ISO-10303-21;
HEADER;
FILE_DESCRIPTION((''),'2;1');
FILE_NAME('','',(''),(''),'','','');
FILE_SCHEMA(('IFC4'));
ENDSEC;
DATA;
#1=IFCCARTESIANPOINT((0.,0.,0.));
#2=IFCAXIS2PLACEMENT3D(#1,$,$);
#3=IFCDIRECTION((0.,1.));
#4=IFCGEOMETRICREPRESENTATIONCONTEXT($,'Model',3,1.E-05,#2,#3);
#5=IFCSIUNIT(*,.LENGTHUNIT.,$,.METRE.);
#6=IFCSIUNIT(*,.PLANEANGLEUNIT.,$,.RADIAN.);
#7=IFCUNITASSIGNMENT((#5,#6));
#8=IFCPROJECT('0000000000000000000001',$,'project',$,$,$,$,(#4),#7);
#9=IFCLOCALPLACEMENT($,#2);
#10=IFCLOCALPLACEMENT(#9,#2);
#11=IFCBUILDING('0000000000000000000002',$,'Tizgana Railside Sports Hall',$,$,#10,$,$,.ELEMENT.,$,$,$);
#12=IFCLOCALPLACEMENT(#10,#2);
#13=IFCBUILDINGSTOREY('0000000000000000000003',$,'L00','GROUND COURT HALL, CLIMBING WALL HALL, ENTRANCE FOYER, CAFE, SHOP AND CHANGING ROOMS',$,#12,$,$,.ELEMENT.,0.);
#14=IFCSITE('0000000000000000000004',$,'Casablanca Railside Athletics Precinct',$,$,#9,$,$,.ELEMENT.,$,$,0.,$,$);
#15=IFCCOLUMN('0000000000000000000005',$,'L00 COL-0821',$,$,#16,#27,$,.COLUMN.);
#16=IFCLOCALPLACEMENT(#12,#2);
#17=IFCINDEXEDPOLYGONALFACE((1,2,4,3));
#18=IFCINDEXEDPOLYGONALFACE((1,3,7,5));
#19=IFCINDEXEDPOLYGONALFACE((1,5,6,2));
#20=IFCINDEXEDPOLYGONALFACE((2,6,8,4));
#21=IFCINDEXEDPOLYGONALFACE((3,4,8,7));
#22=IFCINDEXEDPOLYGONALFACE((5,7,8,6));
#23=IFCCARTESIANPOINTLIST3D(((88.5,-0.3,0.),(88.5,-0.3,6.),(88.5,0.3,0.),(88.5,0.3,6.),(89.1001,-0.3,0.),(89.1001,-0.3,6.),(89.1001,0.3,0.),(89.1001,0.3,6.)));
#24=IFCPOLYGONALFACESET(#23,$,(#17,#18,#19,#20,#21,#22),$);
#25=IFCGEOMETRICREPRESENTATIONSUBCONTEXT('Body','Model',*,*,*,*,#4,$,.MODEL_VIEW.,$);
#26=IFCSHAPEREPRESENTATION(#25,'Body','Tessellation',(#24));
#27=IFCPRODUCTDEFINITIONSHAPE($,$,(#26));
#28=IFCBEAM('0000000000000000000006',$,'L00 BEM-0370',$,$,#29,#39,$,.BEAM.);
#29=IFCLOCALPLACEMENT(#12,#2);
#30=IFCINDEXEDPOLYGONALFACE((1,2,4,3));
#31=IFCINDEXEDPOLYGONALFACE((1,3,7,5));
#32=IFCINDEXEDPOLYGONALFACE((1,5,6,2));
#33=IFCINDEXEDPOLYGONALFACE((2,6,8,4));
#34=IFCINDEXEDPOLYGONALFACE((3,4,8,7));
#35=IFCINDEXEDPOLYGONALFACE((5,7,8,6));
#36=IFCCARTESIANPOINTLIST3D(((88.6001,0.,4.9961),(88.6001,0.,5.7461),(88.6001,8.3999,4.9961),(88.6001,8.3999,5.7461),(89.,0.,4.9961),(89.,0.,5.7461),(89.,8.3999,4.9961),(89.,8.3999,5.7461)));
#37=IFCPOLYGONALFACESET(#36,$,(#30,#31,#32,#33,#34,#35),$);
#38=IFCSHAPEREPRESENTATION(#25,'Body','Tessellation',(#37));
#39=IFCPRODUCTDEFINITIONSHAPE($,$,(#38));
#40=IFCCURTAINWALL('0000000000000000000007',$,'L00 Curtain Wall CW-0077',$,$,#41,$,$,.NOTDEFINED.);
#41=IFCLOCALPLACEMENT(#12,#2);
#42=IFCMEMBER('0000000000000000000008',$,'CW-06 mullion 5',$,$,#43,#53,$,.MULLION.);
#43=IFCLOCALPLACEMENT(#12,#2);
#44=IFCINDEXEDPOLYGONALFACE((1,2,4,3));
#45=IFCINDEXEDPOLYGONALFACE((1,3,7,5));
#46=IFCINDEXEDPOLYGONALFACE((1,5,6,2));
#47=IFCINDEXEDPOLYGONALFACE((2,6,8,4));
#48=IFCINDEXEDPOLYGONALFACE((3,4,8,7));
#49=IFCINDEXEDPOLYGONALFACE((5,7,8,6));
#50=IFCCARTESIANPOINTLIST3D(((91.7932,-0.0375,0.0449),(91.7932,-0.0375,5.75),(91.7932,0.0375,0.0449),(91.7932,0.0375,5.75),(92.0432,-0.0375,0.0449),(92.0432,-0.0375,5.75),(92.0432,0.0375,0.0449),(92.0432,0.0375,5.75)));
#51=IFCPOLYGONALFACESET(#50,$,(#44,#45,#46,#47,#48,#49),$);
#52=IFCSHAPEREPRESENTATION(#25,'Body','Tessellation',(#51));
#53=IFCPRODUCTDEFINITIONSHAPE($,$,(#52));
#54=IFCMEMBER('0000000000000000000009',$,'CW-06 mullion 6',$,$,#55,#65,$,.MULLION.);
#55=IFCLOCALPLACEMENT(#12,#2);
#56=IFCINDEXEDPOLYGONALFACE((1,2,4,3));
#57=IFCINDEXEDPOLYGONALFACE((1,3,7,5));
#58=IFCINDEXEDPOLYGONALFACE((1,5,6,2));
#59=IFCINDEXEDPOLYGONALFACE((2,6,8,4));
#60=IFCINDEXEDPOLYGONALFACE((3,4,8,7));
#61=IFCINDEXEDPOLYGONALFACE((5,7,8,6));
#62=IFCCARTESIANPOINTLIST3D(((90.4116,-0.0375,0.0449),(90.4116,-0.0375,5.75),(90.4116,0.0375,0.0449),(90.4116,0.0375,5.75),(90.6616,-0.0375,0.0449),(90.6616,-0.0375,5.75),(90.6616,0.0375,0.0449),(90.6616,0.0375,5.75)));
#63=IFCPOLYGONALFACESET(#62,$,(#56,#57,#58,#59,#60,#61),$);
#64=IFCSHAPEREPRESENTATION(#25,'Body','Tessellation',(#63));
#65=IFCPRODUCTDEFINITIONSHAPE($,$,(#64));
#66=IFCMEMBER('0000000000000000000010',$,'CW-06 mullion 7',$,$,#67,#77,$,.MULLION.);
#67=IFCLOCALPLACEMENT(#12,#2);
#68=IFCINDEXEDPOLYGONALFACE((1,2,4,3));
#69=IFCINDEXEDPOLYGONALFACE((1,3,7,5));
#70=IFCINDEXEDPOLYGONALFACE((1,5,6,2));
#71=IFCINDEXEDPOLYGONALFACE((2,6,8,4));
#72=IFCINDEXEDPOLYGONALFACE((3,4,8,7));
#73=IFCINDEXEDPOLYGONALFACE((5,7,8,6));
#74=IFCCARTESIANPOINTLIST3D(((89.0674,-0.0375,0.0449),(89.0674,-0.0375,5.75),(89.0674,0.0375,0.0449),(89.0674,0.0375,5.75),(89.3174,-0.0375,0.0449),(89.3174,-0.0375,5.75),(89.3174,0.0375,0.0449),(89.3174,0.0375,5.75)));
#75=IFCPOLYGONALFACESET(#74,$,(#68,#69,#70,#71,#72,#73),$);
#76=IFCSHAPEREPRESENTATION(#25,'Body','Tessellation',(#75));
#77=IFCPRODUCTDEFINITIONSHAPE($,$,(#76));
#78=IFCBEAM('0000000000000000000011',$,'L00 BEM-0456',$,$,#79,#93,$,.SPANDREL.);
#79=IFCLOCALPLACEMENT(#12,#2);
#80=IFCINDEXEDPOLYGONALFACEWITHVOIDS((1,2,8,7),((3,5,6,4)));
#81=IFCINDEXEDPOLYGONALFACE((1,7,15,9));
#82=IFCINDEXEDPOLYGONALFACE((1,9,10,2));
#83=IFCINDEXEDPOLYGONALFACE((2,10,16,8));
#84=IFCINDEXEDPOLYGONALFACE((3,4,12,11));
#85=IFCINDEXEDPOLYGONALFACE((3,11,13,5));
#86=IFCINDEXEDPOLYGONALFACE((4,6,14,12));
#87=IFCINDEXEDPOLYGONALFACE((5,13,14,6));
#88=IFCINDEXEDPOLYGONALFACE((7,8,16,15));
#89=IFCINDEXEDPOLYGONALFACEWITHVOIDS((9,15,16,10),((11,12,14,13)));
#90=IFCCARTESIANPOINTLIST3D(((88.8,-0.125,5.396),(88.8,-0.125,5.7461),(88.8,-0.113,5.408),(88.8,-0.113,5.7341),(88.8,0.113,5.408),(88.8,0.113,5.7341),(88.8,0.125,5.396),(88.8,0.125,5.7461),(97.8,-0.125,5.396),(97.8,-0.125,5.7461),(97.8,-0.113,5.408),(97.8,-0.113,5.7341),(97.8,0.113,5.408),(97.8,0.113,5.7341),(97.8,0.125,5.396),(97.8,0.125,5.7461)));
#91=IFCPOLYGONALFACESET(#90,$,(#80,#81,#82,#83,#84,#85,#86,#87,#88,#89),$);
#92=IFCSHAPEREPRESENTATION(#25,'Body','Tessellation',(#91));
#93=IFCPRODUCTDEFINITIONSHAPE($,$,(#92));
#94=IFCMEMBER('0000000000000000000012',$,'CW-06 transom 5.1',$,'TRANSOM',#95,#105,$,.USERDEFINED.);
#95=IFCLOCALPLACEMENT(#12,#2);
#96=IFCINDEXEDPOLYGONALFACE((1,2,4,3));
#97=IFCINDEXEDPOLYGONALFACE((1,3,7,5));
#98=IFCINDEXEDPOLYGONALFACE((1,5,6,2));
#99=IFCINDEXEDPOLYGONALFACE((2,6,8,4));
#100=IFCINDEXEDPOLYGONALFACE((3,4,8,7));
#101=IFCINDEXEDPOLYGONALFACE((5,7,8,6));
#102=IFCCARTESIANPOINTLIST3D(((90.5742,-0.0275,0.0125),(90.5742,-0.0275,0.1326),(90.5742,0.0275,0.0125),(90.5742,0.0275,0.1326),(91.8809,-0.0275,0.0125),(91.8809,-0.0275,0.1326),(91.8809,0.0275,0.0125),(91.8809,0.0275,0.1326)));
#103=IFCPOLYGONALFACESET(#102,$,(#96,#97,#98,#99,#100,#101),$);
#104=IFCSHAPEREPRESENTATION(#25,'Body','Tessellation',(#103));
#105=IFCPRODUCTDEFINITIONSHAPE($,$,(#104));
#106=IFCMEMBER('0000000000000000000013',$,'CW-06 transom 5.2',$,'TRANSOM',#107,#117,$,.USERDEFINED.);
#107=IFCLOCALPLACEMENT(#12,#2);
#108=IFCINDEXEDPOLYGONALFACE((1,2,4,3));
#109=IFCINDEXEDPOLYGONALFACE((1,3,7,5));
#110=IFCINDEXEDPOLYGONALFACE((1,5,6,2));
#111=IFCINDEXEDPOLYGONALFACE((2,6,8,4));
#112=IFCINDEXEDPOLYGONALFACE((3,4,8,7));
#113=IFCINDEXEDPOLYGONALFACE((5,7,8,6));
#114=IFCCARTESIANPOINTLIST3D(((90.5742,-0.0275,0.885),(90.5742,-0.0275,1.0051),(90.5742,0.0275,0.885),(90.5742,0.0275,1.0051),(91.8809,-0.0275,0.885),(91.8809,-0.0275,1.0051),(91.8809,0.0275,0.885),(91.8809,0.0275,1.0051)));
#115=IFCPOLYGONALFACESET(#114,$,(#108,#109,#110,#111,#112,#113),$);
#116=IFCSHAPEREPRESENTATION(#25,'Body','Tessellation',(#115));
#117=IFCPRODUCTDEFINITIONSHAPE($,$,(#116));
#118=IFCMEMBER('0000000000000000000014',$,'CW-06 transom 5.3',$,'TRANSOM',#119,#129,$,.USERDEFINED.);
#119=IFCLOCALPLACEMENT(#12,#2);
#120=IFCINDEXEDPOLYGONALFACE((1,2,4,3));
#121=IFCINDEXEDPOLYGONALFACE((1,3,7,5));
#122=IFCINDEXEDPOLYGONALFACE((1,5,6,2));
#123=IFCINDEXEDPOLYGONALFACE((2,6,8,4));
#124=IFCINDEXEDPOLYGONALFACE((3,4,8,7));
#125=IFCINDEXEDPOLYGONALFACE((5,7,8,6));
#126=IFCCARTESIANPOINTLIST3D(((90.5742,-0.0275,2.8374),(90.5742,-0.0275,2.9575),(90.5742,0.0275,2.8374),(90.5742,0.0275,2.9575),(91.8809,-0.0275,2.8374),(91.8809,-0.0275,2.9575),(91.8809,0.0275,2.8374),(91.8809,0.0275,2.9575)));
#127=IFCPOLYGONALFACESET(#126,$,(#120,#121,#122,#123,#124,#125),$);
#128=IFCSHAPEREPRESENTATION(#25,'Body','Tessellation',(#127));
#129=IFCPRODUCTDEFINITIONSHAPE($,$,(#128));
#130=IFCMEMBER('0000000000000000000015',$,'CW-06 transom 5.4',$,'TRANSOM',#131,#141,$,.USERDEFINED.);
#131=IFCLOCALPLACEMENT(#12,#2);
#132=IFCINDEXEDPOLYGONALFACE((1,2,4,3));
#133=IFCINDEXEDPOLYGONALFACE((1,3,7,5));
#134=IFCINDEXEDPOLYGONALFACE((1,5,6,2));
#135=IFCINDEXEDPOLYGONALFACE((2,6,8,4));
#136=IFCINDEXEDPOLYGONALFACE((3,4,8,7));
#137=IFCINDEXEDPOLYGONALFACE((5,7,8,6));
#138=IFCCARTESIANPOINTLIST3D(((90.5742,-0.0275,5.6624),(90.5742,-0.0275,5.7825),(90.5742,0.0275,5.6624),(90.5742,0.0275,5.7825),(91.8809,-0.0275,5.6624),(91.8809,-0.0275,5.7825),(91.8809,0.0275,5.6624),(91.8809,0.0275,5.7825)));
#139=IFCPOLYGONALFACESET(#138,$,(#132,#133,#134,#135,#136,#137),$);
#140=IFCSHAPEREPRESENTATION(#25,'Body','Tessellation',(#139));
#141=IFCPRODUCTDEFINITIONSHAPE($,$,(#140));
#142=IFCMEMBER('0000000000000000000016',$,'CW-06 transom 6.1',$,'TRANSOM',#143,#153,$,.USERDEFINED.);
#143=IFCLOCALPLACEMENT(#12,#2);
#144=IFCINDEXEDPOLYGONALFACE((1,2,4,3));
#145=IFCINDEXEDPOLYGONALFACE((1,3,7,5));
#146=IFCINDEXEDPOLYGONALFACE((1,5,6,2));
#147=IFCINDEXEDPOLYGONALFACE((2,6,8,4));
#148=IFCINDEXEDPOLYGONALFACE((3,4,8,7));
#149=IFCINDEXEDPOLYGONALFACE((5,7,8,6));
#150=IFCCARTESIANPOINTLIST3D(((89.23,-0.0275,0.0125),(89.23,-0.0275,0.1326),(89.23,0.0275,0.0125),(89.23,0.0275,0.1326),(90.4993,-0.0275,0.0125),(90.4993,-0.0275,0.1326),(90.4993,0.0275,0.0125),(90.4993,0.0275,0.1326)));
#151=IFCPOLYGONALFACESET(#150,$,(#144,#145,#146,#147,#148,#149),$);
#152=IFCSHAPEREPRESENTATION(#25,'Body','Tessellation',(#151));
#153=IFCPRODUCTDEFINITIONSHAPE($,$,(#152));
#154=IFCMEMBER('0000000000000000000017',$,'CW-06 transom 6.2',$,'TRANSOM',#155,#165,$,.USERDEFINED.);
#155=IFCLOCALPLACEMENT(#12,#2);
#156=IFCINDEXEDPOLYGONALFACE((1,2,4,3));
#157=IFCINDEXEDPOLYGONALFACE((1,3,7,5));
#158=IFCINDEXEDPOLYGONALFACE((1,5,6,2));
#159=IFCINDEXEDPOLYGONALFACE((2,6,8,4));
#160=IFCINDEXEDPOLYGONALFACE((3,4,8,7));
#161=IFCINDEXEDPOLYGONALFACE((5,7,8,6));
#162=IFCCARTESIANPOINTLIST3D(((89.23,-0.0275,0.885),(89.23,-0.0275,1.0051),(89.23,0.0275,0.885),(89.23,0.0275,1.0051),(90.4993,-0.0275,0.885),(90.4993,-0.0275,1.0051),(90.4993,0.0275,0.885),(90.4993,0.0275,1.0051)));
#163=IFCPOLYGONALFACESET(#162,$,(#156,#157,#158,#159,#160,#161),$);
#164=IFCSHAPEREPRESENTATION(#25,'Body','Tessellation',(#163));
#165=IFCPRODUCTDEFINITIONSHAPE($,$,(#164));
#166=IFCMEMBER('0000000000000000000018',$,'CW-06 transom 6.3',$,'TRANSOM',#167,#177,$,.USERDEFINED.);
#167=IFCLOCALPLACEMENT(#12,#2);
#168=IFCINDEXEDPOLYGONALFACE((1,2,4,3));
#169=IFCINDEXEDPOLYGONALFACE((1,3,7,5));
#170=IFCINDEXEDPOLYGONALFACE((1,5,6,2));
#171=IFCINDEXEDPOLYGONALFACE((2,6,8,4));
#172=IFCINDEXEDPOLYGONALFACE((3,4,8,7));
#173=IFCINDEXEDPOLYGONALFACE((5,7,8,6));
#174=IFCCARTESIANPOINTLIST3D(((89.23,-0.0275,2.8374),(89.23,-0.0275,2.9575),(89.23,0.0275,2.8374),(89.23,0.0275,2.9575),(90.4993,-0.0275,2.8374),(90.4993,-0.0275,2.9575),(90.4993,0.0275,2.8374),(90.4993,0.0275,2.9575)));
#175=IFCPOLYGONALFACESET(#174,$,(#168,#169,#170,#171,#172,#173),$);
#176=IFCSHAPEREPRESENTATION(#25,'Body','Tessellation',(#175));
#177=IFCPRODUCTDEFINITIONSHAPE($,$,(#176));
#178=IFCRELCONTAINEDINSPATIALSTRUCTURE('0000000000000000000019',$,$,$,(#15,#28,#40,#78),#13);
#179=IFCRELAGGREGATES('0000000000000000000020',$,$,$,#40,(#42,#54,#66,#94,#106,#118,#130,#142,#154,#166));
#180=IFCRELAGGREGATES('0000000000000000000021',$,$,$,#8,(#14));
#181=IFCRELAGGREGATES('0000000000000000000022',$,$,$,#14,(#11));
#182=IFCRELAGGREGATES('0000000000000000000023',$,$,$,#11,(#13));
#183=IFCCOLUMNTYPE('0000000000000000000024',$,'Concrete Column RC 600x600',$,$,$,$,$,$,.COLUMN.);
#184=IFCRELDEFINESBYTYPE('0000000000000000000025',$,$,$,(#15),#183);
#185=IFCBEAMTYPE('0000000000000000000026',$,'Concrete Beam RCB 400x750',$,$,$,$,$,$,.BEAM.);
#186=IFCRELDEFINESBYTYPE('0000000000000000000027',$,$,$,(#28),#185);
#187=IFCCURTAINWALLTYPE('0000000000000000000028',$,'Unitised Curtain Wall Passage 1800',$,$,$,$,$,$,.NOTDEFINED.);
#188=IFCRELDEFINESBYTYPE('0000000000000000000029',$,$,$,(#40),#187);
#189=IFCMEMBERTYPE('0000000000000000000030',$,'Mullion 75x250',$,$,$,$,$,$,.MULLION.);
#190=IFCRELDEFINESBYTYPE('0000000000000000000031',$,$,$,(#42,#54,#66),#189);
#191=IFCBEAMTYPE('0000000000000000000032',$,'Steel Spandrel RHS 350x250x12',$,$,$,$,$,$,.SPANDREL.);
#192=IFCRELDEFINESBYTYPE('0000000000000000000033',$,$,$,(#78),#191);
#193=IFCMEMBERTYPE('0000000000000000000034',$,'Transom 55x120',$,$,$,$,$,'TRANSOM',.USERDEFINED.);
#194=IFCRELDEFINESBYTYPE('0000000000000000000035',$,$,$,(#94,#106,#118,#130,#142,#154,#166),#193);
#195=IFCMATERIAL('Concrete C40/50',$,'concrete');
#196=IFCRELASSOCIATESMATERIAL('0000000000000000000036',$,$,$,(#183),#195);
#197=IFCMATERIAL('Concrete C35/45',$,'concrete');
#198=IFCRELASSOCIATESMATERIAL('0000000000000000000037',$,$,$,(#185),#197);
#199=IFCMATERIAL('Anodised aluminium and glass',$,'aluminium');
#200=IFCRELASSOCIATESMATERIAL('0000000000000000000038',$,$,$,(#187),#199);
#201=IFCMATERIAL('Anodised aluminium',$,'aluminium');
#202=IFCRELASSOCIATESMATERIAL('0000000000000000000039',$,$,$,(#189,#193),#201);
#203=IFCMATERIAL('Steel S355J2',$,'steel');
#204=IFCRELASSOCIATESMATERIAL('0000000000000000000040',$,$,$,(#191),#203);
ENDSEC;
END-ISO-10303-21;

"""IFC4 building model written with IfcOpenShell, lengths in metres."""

from ifc_helpers import new_model, si_unit, direction, frame, origin, origin_2d, place, context, subcontext, project, spatial, rectangle, hollow_rectangle, extrude, material, material_profile, profile_set, type_object, element, aggregate, save


model = new_model("IFC4")

# Units and contexts
model_context = context("Model", 3, precision=1e-05, world=origin(), true_north=direction((0.0, 1.0)))
body_context = subcontext(model_context, "Body", "Model", "MODEL_VIEW")
ifc_project = project(units=[si_unit("LENGTHUNIT", "METRE"), si_unit("PLANEANGLEUNIT", "RADIAN")], contexts=[model_context])

# Site, building, storey
site_placement = place(None, origin())
site = spatial("IfcSite", under=ifc_project, at=site_placement, Name="Casablanca Railside Athletics Precinct", CompositionType="ELEMENT", RefElevation=0.0)
building_placement = place(site_placement, origin())
building = spatial("IfcBuilding", under=site, at=building_placement, Name="Tizgana Railside Sports Hall", CompositionType="ELEMENT")
storey_placement = place(building_placement, origin())
storey = spatial("IfcBuildingStorey", under=building, at=storey_placement, Name="L00", Description="GROUND COURT HALL, CLIMBING WALL HALL, ENTRANCE FOYER, CAFE, SHOP AND CHANGING ROOMS", CompositionType="ELEMENT", Elevation=0.0)

# Column
ifc_material_1 = material(Name="Concrete C40/50", Category="concrete")
ifc_material_profile_1 = material_profile(ifc_material_1, rectangle(XDim=0.6001, YDim=0.6001, at=origin_2d()), Name="RC 600x600")
ifc_profile_set_1 = profile_set([ifc_material_profile_1], Name="Concrete C40/50")
column_type = type_object("IfcColumnType", Name="Concrete Column RC 600x600", PredefinedType="COLUMN", material=ifc_profile_set_1)
column_placement = place(storey_placement, frame((88.8, 0.0, 0.0), z_axis=(0.0, 0.0, 1.0), x_axis=(1.0, 0.0, 0.0)))
element("IfcColumn", 1, at=column_placement, inside=storey, type_object=column_type, Name="L00 COL-0821", PredefinedType="COLUMN", context=body_context, shape_type="SweptSolid", body=[
    extrude(rectangle(XDim=0.6001, YDim=0.6001, at=origin_2d()), origin(), (0.0, 0.0, 1.0), 6.0),
])

# Beam
ifc_material_2 = material(Name="Concrete C35/45", Category="concrete")
ifc_material_profile_2 = material_profile(ifc_material_2, rectangle(XDim=0.3999, YDim=0.75, at=origin_2d()), Name="RCB 400x750")
ifc_profile_set_2 = profile_set([ifc_material_profile_2], Name="Concrete C35/45")
beam_type_1 = type_object("IfcBeamType", Name="Concrete Beam RCB 400x750", PredefinedType="BEAM", material=ifc_profile_set_2)
beam_1_placement = place(storey_placement, frame((88.8, 0.0, 5.3711), z_axis=(0.0, 1.0, 0.0), x_axis=(-1.0, 0.0, 0.0)))
element("IfcBeam", 2, at=beam_1_placement, inside=storey, type_object=beam_type_1, Name="L00 BEM-0370", PredefinedType="BEAM", context=body_context, shape_type="SweptSolid", body=[
    extrude(rectangle(XDim=0.3999, YDim=0.75, at=origin_2d()), origin(), (0.0, 0.0, 1.0), 8.3999),
])

# Curtain wall, members
ifc_material_3 = material(Name="Anodised aluminium and glass", Category="aluminium")
curtain_wall_type = type_object("IfcCurtainWallType", Name="Unitised Curtain Wall Passage 1800", PredefinedType="NOTDEFINED", material=ifc_material_3)
curtain_wall_placement = place(storey_placement, origin())
curtain_wall = element("IfcCurtainWall", 3, at=curtain_wall_placement, inside=storey, type_object=curtain_wall_type, Name="L00 Curtain Wall CW-0077", PredefinedType="NOTDEFINED")
ifc_material_4 = material(Name="Anodised aluminium", Category="aluminium")
ifc_material_profile_3 = material_profile(ifc_material_4, rectangle(XDim=0.075, YDim=0.25, at=origin_2d()), Name="Mullion 75x250")
ifc_profile_set_3 = profile_set([ifc_material_profile_3], Name="Anodised aluminium")
member_type_1 = type_object("IfcMemberType", Name="Mullion 75x250", PredefinedType="MULLION", material=ifc_profile_set_3)
member_1_placement = place(storey_placement, frame((91.9182, 0.0, 0.0449), z_axis=(0.0, 0.0, 1.0), x_axis=(0.0, -1.0, 0.0)))
member_1 = element("IfcMember", 4, at=member_1_placement, type_object=member_type_1, Name="CW-06 mullion 5", PredefinedType="MULLION", context=body_context, shape_type="SweptSolid", body=[
    extrude(rectangle(XDim=0.075, YDim=0.25, at=origin_2d()), origin(), (0.0, 0.0, 1.0), 5.7051),
])
member_2_placement = place(storey_placement, frame((90.5366, 0.0, 0.0449), z_axis=(0.0, 0.0, 1.0), x_axis=(0.0, -1.0, 0.0)))
member_2 = element("IfcMember", 5, at=member_2_placement, type_object=member_type_1, Name="CW-06 mullion 6", PredefinedType="MULLION", context=body_context, shape_type="SweptSolid", body=[
    extrude(rectangle(XDim=0.075, YDim=0.25, at=origin_2d()), origin(), (0.0, 0.0, 1.0), 5.7051),
])
member_3_placement = place(storey_placement, frame((89.1924, 0.0, 0.0449), z_axis=(0.0, 0.0, 1.0), x_axis=(0.0, -1.0, 0.0)))
member_3 = element("IfcMember", 6, at=member_3_placement, type_object=member_type_1, Name="CW-06 mullion 7", PredefinedType="MULLION", context=body_context, shape_type="SweptSolid", body=[
    extrude(rectangle(XDim=0.075, YDim=0.25, at=origin_2d()), origin(), (0.0, 0.0, 1.0), 5.7051),
])

# Beam
ifc_material_5 = material(Name="Steel S355J2", Category="steel")
ifc_material_profile_4 = material_profile(ifc_material_5, hollow_rectangle(XDim=0.25, YDim=0.3501, WallThickness=0.012, at=origin_2d()), Name="RHS 350x250x12")
ifc_profile_set_4 = profile_set([ifc_material_profile_4], Name="Steel S355J2")
beam_type_2 = type_object("IfcBeamType", Name="Steel Spandrel RHS 350x250x12", PredefinedType="SPANDREL", material=ifc_profile_set_4)
beam_2_placement = place(storey_placement, frame((88.8, 0.0, 5.571), z_axis=(1.0, 0.0, 0.0), x_axis=(0.0, 1.0, 0.0)))
element("IfcBeam", 7, at=beam_2_placement, inside=storey, type_object=beam_type_2, Name="L00 BEM-0456", PredefinedType="SPANDREL", context=body_context, shape_type="SweptSolid", body=[
    extrude(hollow_rectangle(XDim=0.25, YDim=0.3501, WallThickness=0.012, at=origin_2d()), origin(), (0.0, 0.0, 1.0), 9.0),
])

# Members
ifc_material_profile_5 = material_profile(ifc_material_4, rectangle(XDim=0.0549, YDim=0.1201, at=origin_2d()), Name="Transom 55x120")
ifc_profile_set_5 = profile_set([ifc_material_profile_5], Name="Anodised aluminium")
member_type_2 = type_object("IfcMemberType", Name="Transom 55x120", ElementType="TRANSOM", PredefinedType="USERDEFINED", material=ifc_profile_set_5)
member_4_placement = place(storey_placement, frame((91.8809, 0.0, 0.0725), z_axis=(-1.0, 0.0, 0.0), x_axis=(0.0, -1.0, 0.0)))
member_4 = element("IfcMember", 8, at=member_4_placement, type_object=member_type_2, Name="CW-06 transom 5.1", ObjectType="TRANSOM", PredefinedType="USERDEFINED", context=body_context, shape_type="SweptSolid", body=[
    extrude(rectangle(XDim=0.0549, YDim=0.1201, at=origin_2d()), origin(), (0.0, 0.0, 1.0), 1.3066),
])
member_5_placement = place(storey_placement, frame((91.8809, 0.0, 0.9451), z_axis=(-1.0, 0.0, 0.0), x_axis=(0.0, -1.0, 0.0)))
member_5 = element("IfcMember", 9, at=member_5_placement, type_object=member_type_2, Name="CW-06 transom 5.2", ObjectType="TRANSOM", PredefinedType="USERDEFINED", context=body_context, shape_type="SweptSolid", body=[
    extrude(rectangle(XDim=0.0549, YDim=0.1201, at=origin_2d()), origin(), (0.0, 0.0, 1.0), 1.3066),
])
member_6_placement = place(storey_placement, frame((91.8809, 0.0, 2.8975), z_axis=(-1.0, 0.0, 0.0), x_axis=(0.0, -1.0, 0.0)))
member_6 = element("IfcMember", 10, at=member_6_placement, type_object=member_type_2, Name="CW-06 transom 5.3", ObjectType="TRANSOM", PredefinedType="USERDEFINED", context=body_context, shape_type="SweptSolid", body=[
    extrude(rectangle(XDim=0.0549, YDim=0.1201, at=origin_2d()), origin(), (0.0, 0.0, 1.0), 1.3066),
])
member_7_placement = place(storey_placement, frame((91.8809, 0.0, 5.7224), z_axis=(-1.0, 0.0, 0.0), x_axis=(0.0, -1.0, 0.0)))
member_7 = element("IfcMember", 11, at=member_7_placement, type_object=member_type_2, Name="CW-06 transom 5.4", ObjectType="TRANSOM", PredefinedType="USERDEFINED", context=body_context, shape_type="SweptSolid", body=[
    extrude(rectangle(XDim=0.0549, YDim=0.1201, at=origin_2d()), origin(), (0.0, 0.0, 1.0), 1.3066),
])
member_8_placement = place(storey_placement, frame((90.4993, 0.0, 0.0725), z_axis=(-1.0, 0.0, 0.0), x_axis=(0.0, -1.0, 0.0)))
member_8 = element("IfcMember", 12, at=member_8_placement, type_object=member_type_2, Name="CW-06 transom 6.1", ObjectType="TRANSOM", PredefinedType="USERDEFINED", context=body_context, shape_type="SweptSolid", body=[
    extrude(rectangle(XDim=0.0549, YDim=0.1201, at=origin_2d()), origin(), (0.0, 0.0, 1.0), 1.2693),
])
member_9_placement = place(storey_placement, frame((90.4993, 0.0, 0.9451), z_axis=(-1.0, 0.0, 0.0), x_axis=(0.0, -1.0, 0.0)))
member_9 = element("IfcMember", 13, at=member_9_placement, type_object=member_type_2, Name="CW-06 transom 6.2", ObjectType="TRANSOM", PredefinedType="USERDEFINED", context=body_context, shape_type="SweptSolid", body=[
    extrude(rectangle(XDim=0.0549, YDim=0.1201, at=origin_2d()), origin(), (0.0, 0.0, 1.0), 1.2693),
])
member_10_placement = place(storey_placement, frame((90.4993, 0.0, 2.8975), z_axis=(-1.0, 0.0, 0.0), x_axis=(0.0, -1.0, 0.0)))
member_10 = element("IfcMember", 14, at=member_10_placement, type_object=member_type_2, Name="CW-06 transom 6.3", ObjectType="TRANSOM", PredefinedType="USERDEFINED", context=body_context, shape_type="SweptSolid", body=[
    extrude(rectangle(XDim=0.0549, YDim=0.1201, at=origin_2d()), origin(), (0.0, 0.0, 1.0), 1.2693),
])

aggregate(curtain_wall, [member_1, member_2, member_3, member_4, member_5, member_6, member_7, member_8, member_9, member_10])

save(model, "model.ifc")
